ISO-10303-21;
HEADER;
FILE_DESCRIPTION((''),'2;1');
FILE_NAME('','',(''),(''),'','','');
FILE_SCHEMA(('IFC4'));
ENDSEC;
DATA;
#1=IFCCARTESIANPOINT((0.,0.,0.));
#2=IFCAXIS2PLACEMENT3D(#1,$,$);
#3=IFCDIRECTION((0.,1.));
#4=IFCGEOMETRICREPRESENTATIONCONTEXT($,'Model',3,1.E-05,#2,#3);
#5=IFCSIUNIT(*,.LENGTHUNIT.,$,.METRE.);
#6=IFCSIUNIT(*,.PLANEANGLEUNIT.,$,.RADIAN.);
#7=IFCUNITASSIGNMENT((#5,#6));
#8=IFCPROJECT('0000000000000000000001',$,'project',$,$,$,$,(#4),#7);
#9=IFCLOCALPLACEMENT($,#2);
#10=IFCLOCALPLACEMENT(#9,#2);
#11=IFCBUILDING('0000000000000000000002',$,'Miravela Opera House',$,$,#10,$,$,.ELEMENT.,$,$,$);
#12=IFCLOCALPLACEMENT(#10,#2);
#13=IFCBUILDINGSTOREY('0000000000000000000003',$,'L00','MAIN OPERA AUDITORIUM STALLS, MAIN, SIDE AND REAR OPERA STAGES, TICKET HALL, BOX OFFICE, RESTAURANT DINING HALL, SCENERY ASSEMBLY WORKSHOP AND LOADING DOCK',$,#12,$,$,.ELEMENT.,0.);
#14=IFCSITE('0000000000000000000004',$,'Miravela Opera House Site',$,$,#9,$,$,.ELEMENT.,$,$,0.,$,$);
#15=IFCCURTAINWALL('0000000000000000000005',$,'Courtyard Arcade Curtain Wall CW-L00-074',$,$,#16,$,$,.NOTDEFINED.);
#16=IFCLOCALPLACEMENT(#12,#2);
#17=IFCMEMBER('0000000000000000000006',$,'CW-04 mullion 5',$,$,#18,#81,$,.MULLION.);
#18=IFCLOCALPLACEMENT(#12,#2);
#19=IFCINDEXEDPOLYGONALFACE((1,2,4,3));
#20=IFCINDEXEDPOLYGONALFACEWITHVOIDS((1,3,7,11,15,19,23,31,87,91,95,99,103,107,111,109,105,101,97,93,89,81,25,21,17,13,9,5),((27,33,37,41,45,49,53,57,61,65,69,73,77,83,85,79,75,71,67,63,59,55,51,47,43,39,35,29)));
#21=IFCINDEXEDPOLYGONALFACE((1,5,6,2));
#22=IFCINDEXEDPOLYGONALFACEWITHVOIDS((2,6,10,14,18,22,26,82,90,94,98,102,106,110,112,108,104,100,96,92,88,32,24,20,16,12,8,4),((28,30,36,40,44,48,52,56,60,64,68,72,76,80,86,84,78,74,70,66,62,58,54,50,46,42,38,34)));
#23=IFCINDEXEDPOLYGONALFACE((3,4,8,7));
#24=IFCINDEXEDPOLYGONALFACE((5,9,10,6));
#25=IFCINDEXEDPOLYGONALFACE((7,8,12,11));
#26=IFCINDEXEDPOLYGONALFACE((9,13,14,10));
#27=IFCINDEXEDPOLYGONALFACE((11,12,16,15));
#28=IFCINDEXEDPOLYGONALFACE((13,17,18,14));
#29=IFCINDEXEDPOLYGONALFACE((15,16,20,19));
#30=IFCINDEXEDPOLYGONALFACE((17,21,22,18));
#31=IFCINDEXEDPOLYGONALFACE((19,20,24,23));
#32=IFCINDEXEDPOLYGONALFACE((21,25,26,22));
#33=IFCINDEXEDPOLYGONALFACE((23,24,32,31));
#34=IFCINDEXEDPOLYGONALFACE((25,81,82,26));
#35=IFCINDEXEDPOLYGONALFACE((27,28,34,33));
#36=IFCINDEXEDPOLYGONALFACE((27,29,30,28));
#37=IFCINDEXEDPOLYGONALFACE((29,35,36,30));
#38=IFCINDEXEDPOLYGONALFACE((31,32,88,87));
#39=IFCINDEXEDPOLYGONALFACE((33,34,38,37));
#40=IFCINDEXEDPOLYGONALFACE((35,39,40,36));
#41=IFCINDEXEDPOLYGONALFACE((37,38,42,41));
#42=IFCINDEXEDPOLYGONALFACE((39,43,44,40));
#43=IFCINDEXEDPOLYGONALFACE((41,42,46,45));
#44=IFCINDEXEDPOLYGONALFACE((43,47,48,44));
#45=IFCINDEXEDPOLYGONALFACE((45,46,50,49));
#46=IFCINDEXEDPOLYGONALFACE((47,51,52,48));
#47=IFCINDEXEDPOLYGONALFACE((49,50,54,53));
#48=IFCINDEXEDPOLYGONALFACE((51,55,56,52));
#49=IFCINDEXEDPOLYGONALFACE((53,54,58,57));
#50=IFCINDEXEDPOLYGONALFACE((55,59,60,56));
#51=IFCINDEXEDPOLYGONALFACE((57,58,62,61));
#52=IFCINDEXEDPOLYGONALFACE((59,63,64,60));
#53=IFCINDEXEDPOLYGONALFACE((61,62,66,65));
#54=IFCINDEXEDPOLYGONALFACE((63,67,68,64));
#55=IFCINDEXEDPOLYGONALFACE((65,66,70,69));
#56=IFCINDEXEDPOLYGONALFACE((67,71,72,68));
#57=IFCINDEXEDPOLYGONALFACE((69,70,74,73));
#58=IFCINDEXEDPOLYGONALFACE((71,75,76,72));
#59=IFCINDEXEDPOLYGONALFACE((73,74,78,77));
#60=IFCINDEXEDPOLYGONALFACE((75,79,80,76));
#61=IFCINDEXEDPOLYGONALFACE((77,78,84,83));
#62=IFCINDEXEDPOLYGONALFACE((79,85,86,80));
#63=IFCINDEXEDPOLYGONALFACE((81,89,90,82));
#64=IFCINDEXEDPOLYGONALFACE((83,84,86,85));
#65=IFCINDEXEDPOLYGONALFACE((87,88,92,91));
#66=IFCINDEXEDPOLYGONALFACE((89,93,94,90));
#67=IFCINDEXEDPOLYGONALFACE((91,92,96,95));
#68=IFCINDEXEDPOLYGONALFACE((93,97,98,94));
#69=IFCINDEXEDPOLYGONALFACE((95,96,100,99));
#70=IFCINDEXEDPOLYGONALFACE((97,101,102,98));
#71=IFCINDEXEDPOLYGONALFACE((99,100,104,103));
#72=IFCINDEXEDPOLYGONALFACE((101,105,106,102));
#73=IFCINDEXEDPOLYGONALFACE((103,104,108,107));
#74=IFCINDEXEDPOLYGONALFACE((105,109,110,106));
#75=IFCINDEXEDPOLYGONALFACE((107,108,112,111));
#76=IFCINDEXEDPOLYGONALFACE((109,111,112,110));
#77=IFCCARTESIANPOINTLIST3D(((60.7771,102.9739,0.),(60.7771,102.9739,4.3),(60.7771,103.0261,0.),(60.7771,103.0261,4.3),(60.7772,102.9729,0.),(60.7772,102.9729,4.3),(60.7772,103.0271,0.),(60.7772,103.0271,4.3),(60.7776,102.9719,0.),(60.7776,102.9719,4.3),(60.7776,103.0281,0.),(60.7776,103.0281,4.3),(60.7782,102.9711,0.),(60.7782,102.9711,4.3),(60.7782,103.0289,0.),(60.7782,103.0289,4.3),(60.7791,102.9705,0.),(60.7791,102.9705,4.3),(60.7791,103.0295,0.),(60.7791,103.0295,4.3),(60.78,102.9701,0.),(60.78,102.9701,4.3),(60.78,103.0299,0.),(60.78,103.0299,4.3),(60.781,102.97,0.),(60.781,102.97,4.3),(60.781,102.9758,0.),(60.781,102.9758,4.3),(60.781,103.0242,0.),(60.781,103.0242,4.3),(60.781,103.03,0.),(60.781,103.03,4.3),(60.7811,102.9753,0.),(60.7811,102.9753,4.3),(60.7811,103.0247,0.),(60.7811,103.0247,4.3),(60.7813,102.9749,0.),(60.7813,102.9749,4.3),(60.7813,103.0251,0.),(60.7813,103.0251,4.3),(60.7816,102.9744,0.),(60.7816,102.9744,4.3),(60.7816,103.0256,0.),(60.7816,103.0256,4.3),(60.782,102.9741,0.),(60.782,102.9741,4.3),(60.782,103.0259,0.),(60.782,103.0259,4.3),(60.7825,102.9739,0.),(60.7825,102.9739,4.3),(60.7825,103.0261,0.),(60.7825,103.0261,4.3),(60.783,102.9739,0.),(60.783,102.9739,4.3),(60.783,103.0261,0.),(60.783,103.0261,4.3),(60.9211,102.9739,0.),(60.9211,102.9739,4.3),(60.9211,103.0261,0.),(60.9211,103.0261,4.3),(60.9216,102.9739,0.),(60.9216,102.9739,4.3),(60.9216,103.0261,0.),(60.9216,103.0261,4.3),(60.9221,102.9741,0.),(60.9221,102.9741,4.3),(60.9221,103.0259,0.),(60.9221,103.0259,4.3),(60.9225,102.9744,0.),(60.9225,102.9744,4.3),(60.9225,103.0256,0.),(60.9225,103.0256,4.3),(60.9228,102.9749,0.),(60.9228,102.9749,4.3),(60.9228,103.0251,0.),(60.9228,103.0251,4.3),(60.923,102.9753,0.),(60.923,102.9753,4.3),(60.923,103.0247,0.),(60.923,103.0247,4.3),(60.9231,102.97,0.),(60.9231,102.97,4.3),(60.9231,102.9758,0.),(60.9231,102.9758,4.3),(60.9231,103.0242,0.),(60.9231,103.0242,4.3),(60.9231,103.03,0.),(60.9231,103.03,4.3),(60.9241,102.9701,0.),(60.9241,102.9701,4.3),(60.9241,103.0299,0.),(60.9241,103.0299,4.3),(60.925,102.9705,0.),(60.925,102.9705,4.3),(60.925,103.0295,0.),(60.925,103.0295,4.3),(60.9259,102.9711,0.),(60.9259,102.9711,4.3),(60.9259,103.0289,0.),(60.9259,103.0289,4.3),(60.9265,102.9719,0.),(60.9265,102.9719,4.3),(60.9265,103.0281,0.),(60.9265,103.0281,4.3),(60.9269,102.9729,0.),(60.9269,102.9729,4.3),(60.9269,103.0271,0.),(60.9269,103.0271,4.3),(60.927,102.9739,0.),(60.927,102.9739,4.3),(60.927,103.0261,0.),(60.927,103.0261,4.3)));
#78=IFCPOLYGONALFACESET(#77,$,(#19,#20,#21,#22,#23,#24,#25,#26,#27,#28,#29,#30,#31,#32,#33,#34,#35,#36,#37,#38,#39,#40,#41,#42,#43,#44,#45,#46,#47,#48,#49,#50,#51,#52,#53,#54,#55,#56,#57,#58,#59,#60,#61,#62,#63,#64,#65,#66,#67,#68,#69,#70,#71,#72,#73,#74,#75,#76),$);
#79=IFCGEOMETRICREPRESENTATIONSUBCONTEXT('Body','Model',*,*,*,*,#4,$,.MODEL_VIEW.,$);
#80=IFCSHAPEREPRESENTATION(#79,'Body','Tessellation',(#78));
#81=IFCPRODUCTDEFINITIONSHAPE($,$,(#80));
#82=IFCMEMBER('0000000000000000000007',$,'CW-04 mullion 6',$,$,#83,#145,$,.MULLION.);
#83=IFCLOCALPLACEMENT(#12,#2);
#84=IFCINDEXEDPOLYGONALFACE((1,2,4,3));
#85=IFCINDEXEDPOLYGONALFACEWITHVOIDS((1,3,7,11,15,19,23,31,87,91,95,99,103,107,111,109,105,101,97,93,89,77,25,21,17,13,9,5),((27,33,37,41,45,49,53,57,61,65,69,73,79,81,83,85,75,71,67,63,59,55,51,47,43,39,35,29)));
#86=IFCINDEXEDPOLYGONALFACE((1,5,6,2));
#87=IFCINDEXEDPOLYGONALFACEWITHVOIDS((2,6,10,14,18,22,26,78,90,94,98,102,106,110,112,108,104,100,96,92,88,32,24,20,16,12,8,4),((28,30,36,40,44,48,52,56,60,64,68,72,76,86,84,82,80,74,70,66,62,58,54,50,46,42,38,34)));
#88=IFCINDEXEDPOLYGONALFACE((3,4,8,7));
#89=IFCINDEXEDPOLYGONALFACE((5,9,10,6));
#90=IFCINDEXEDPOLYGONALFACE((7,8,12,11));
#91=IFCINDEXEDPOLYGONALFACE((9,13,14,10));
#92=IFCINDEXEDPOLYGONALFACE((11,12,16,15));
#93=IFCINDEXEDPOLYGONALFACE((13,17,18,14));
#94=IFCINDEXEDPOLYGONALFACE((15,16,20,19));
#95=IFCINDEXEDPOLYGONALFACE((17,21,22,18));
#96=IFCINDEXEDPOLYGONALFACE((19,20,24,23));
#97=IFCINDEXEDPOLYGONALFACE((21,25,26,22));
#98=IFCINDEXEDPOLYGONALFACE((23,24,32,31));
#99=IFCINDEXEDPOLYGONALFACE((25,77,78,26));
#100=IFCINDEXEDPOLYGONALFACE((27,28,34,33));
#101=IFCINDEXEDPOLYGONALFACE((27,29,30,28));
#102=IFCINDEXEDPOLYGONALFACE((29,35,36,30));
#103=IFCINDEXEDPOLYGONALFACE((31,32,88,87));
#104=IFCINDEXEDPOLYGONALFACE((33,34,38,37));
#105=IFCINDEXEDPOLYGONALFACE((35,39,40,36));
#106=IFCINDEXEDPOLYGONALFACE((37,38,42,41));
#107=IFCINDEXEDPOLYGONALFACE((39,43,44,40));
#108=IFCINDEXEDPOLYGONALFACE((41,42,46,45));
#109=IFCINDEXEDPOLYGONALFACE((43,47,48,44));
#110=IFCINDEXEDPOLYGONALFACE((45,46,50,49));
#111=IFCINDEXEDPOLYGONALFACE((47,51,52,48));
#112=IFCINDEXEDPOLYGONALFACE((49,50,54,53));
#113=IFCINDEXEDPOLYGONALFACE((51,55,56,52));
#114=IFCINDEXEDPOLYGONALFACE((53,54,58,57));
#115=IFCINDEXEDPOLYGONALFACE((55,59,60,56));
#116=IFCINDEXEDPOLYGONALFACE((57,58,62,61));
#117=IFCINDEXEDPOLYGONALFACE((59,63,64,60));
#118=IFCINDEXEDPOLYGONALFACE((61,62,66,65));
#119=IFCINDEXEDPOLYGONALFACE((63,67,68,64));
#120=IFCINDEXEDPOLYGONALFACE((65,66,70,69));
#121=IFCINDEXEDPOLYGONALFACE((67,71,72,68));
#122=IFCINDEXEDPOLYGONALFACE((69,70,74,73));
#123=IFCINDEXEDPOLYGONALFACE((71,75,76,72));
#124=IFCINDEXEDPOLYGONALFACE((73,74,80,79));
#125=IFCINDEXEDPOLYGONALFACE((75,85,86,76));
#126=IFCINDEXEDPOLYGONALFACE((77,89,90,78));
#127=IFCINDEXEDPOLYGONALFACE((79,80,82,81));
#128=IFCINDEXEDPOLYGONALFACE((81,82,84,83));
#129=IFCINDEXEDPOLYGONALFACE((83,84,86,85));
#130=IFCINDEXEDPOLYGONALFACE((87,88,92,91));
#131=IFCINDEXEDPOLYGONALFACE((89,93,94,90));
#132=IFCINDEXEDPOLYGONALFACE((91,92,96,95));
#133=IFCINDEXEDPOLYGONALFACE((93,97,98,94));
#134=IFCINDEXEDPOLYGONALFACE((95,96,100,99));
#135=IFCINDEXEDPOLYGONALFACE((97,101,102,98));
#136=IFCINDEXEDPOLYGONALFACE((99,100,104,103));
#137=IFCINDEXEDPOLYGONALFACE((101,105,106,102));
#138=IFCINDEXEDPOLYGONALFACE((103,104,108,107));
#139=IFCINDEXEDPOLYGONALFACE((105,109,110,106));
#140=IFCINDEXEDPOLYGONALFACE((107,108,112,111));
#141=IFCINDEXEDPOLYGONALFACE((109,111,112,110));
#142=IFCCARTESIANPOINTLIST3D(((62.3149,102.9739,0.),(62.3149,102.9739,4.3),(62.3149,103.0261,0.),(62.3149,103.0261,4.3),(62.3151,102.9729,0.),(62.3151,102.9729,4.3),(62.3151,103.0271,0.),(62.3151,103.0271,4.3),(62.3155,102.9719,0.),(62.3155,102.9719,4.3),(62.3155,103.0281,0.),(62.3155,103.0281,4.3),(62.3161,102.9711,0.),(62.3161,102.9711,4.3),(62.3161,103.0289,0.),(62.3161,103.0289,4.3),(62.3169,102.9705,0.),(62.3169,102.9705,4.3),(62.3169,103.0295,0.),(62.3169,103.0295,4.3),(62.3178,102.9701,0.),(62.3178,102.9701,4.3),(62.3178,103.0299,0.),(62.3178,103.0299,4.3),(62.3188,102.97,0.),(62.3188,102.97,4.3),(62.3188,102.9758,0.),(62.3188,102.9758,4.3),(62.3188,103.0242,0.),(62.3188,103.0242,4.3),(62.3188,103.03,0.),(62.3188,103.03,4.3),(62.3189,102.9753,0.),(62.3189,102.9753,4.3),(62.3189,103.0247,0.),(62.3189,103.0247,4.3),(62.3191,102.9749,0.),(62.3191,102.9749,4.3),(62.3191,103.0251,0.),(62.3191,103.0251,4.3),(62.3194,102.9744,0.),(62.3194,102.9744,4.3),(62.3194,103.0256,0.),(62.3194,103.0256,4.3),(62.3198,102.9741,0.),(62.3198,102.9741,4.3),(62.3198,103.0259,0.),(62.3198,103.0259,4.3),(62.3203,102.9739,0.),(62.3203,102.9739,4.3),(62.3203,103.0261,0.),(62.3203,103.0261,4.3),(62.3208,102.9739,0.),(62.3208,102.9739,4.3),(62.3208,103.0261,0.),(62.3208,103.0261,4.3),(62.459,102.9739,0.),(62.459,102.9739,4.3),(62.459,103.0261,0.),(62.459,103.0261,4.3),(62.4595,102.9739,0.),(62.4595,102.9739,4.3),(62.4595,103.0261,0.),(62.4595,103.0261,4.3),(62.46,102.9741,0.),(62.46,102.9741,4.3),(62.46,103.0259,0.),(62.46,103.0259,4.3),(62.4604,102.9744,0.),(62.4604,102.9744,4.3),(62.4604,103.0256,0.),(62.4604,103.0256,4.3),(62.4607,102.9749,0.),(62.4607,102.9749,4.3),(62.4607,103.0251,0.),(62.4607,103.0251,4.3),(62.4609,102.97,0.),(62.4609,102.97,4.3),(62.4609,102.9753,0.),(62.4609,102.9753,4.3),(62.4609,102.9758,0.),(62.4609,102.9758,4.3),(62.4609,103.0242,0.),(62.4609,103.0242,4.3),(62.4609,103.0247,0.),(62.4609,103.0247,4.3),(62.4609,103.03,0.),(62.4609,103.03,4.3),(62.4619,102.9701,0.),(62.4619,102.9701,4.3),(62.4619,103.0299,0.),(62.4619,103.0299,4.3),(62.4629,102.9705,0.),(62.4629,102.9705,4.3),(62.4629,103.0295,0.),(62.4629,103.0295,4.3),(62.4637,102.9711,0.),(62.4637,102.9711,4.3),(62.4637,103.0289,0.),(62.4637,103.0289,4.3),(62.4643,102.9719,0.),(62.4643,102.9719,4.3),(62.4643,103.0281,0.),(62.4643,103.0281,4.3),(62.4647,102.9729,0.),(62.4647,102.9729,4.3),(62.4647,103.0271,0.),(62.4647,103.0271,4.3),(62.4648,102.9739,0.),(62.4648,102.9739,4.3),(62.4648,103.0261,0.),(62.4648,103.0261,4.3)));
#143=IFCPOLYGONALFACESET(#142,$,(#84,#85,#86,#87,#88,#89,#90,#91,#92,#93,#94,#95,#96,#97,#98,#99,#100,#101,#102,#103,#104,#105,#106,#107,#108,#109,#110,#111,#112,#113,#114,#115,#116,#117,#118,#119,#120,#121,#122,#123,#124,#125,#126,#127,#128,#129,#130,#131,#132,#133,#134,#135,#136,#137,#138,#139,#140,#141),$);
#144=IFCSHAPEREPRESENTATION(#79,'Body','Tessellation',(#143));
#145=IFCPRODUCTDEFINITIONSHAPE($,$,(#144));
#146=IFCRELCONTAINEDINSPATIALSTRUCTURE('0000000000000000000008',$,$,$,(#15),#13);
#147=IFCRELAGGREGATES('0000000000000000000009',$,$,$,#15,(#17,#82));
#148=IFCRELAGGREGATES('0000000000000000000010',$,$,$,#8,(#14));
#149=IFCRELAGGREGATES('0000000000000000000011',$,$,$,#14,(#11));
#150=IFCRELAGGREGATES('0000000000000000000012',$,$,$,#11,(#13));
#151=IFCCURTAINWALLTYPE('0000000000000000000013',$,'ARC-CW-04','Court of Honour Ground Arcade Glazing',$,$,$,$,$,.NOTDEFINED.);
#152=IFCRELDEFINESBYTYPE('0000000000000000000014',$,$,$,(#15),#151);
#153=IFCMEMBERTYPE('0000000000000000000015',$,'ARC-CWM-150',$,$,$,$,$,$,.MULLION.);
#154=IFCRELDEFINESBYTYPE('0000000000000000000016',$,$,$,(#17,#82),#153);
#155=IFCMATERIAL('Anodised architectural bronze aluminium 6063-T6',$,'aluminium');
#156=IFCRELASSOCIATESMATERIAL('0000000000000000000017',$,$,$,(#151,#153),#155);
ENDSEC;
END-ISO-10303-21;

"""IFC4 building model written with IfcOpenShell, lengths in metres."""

from ifc_helpers import new_model, si_unit, direction, frame, origin, origin_2d, place, context, subcontext, project, spatial, hollow_rectangle, extrude, material, material_profile, profile_set, type_object, element, aggregate, save


model = new_model("IFC4")

# Units and contexts
model_context = context("Model", 3, precision=1e-05, world=origin(), true_north=direction((0.0, 1.0)))
body_context = subcontext(model_context, "Body", "Model", "MODEL_VIEW")
ifc_project = project(units=[si_unit("LENGTHUNIT", "METRE"), si_unit("PLANEANGLEUNIT", "RADIAN")], contexts=[model_context])

# Site, building, storey
site_placement = place(None, origin())
site = spatial("IfcSite", under=ifc_project, at=site_placement, Name="Miravela Opera House Site", CompositionType="ELEMENT", RefElevation=0.0)
building_placement = place(site_placement, origin())
building = spatial("IfcBuilding", under=site, at=building_placement, Name="Miravela Opera House", CompositionType="ELEMENT")
storey_placement = place(building_placement, origin())
storey = spatial("IfcBuildingStorey", under=building, at=storey_placement, Name="L00", Description="MAIN OPERA AUDITORIUM STALLS, MAIN, SIDE AND REAR OPERA STAGES, TICKET HALL, BOX OFFICE, RESTAURANT DINING HALL, SCENERY ASSEMBLY WORKSHOP AND LOADING DOCK", CompositionType="ELEMENT", Elevation=0.0)

# Curtain wall, members
ifc_material_1 = material(Name="Anodised architectural bronze aluminium 6063-T6", Category="aluminium")
curtain_wall_type = type_object("IfcCurtainWallType", Name="ARC-CW-04", Description="Court of Honour Ground Arcade Glazing", PredefinedType="NOTDEFINED", material=ifc_material_1)
curtain_wall_placement = place(storey_placement, origin())
curtain_wall = element("IfcCurtainWall", 1, at=curtain_wall_placement, inside=storey, type_object=curtain_wall_type, Name="Courtyard Arcade Curtain Wall CW-L00-074", PredefinedType="NOTDEFINED")
ifc_material_profile_1 = material_profile(ifc_material_1, hollow_rectangle(XDim=0.0601, YDim=0.1499, WallThickness=0.0039, InnerFilletRadius=0.002, OuterFilletRadius=0.0039, at=origin_2d()), Name="CWM-60X150")
ifc_profile_set_1 = profile_set([ifc_material_profile_1])
member_type_1 = type_object("IfcMemberType", Name="ARC-CWM-150", PredefinedType="MULLION", material=ifc_profile_set_1)
member_1_placement = place(storey_placement, frame((60.8521, 103.0, 0.0), z_axis=(0.0, 0.0, 1.0), x_axis=(0.0, 1.0, 0.0)))
member_1 = element("IfcMember", 2, at=member_1_placement, type_object=member_type_1, Name="CW-04 mullion 5", PredefinedType="MULLION", context=body_context, shape_type="SweptSolid", body=[
    extrude(hollow_rectangle(XDim=0.0601, YDim=0.1499, WallThickness=0.0039, InnerFilletRadius=0.002, OuterFilletRadius=0.0039, at=origin_2d()), origin(), (0.0, 0.0, 1.0), 4.3),
])
member_2_placement = place(storey_placement, frame((62.3899, 103.0, 0.0), z_axis=(0.0, 0.0, 1.0), x_axis=(0.0, 1.0, 0.0)))
member_2 = element("IfcMember", 3, at=member_2_placement, type_object=member_type_1, Name="CW-04 mullion 6", PredefinedType="MULLION", context=body_context, shape_type="SweptSolid", body=[
    extrude(hollow_rectangle(XDim=0.0601, YDim=0.1499, WallThickness=0.0039, InnerFilletRadius=0.002, OuterFilletRadius=0.0039, at=origin_2d()), origin(), (0.0, 0.0, 1.0), 4.3),
])

aggregate(curtain_wall, [member_1, member_2])

save(model, "model.ifc")
